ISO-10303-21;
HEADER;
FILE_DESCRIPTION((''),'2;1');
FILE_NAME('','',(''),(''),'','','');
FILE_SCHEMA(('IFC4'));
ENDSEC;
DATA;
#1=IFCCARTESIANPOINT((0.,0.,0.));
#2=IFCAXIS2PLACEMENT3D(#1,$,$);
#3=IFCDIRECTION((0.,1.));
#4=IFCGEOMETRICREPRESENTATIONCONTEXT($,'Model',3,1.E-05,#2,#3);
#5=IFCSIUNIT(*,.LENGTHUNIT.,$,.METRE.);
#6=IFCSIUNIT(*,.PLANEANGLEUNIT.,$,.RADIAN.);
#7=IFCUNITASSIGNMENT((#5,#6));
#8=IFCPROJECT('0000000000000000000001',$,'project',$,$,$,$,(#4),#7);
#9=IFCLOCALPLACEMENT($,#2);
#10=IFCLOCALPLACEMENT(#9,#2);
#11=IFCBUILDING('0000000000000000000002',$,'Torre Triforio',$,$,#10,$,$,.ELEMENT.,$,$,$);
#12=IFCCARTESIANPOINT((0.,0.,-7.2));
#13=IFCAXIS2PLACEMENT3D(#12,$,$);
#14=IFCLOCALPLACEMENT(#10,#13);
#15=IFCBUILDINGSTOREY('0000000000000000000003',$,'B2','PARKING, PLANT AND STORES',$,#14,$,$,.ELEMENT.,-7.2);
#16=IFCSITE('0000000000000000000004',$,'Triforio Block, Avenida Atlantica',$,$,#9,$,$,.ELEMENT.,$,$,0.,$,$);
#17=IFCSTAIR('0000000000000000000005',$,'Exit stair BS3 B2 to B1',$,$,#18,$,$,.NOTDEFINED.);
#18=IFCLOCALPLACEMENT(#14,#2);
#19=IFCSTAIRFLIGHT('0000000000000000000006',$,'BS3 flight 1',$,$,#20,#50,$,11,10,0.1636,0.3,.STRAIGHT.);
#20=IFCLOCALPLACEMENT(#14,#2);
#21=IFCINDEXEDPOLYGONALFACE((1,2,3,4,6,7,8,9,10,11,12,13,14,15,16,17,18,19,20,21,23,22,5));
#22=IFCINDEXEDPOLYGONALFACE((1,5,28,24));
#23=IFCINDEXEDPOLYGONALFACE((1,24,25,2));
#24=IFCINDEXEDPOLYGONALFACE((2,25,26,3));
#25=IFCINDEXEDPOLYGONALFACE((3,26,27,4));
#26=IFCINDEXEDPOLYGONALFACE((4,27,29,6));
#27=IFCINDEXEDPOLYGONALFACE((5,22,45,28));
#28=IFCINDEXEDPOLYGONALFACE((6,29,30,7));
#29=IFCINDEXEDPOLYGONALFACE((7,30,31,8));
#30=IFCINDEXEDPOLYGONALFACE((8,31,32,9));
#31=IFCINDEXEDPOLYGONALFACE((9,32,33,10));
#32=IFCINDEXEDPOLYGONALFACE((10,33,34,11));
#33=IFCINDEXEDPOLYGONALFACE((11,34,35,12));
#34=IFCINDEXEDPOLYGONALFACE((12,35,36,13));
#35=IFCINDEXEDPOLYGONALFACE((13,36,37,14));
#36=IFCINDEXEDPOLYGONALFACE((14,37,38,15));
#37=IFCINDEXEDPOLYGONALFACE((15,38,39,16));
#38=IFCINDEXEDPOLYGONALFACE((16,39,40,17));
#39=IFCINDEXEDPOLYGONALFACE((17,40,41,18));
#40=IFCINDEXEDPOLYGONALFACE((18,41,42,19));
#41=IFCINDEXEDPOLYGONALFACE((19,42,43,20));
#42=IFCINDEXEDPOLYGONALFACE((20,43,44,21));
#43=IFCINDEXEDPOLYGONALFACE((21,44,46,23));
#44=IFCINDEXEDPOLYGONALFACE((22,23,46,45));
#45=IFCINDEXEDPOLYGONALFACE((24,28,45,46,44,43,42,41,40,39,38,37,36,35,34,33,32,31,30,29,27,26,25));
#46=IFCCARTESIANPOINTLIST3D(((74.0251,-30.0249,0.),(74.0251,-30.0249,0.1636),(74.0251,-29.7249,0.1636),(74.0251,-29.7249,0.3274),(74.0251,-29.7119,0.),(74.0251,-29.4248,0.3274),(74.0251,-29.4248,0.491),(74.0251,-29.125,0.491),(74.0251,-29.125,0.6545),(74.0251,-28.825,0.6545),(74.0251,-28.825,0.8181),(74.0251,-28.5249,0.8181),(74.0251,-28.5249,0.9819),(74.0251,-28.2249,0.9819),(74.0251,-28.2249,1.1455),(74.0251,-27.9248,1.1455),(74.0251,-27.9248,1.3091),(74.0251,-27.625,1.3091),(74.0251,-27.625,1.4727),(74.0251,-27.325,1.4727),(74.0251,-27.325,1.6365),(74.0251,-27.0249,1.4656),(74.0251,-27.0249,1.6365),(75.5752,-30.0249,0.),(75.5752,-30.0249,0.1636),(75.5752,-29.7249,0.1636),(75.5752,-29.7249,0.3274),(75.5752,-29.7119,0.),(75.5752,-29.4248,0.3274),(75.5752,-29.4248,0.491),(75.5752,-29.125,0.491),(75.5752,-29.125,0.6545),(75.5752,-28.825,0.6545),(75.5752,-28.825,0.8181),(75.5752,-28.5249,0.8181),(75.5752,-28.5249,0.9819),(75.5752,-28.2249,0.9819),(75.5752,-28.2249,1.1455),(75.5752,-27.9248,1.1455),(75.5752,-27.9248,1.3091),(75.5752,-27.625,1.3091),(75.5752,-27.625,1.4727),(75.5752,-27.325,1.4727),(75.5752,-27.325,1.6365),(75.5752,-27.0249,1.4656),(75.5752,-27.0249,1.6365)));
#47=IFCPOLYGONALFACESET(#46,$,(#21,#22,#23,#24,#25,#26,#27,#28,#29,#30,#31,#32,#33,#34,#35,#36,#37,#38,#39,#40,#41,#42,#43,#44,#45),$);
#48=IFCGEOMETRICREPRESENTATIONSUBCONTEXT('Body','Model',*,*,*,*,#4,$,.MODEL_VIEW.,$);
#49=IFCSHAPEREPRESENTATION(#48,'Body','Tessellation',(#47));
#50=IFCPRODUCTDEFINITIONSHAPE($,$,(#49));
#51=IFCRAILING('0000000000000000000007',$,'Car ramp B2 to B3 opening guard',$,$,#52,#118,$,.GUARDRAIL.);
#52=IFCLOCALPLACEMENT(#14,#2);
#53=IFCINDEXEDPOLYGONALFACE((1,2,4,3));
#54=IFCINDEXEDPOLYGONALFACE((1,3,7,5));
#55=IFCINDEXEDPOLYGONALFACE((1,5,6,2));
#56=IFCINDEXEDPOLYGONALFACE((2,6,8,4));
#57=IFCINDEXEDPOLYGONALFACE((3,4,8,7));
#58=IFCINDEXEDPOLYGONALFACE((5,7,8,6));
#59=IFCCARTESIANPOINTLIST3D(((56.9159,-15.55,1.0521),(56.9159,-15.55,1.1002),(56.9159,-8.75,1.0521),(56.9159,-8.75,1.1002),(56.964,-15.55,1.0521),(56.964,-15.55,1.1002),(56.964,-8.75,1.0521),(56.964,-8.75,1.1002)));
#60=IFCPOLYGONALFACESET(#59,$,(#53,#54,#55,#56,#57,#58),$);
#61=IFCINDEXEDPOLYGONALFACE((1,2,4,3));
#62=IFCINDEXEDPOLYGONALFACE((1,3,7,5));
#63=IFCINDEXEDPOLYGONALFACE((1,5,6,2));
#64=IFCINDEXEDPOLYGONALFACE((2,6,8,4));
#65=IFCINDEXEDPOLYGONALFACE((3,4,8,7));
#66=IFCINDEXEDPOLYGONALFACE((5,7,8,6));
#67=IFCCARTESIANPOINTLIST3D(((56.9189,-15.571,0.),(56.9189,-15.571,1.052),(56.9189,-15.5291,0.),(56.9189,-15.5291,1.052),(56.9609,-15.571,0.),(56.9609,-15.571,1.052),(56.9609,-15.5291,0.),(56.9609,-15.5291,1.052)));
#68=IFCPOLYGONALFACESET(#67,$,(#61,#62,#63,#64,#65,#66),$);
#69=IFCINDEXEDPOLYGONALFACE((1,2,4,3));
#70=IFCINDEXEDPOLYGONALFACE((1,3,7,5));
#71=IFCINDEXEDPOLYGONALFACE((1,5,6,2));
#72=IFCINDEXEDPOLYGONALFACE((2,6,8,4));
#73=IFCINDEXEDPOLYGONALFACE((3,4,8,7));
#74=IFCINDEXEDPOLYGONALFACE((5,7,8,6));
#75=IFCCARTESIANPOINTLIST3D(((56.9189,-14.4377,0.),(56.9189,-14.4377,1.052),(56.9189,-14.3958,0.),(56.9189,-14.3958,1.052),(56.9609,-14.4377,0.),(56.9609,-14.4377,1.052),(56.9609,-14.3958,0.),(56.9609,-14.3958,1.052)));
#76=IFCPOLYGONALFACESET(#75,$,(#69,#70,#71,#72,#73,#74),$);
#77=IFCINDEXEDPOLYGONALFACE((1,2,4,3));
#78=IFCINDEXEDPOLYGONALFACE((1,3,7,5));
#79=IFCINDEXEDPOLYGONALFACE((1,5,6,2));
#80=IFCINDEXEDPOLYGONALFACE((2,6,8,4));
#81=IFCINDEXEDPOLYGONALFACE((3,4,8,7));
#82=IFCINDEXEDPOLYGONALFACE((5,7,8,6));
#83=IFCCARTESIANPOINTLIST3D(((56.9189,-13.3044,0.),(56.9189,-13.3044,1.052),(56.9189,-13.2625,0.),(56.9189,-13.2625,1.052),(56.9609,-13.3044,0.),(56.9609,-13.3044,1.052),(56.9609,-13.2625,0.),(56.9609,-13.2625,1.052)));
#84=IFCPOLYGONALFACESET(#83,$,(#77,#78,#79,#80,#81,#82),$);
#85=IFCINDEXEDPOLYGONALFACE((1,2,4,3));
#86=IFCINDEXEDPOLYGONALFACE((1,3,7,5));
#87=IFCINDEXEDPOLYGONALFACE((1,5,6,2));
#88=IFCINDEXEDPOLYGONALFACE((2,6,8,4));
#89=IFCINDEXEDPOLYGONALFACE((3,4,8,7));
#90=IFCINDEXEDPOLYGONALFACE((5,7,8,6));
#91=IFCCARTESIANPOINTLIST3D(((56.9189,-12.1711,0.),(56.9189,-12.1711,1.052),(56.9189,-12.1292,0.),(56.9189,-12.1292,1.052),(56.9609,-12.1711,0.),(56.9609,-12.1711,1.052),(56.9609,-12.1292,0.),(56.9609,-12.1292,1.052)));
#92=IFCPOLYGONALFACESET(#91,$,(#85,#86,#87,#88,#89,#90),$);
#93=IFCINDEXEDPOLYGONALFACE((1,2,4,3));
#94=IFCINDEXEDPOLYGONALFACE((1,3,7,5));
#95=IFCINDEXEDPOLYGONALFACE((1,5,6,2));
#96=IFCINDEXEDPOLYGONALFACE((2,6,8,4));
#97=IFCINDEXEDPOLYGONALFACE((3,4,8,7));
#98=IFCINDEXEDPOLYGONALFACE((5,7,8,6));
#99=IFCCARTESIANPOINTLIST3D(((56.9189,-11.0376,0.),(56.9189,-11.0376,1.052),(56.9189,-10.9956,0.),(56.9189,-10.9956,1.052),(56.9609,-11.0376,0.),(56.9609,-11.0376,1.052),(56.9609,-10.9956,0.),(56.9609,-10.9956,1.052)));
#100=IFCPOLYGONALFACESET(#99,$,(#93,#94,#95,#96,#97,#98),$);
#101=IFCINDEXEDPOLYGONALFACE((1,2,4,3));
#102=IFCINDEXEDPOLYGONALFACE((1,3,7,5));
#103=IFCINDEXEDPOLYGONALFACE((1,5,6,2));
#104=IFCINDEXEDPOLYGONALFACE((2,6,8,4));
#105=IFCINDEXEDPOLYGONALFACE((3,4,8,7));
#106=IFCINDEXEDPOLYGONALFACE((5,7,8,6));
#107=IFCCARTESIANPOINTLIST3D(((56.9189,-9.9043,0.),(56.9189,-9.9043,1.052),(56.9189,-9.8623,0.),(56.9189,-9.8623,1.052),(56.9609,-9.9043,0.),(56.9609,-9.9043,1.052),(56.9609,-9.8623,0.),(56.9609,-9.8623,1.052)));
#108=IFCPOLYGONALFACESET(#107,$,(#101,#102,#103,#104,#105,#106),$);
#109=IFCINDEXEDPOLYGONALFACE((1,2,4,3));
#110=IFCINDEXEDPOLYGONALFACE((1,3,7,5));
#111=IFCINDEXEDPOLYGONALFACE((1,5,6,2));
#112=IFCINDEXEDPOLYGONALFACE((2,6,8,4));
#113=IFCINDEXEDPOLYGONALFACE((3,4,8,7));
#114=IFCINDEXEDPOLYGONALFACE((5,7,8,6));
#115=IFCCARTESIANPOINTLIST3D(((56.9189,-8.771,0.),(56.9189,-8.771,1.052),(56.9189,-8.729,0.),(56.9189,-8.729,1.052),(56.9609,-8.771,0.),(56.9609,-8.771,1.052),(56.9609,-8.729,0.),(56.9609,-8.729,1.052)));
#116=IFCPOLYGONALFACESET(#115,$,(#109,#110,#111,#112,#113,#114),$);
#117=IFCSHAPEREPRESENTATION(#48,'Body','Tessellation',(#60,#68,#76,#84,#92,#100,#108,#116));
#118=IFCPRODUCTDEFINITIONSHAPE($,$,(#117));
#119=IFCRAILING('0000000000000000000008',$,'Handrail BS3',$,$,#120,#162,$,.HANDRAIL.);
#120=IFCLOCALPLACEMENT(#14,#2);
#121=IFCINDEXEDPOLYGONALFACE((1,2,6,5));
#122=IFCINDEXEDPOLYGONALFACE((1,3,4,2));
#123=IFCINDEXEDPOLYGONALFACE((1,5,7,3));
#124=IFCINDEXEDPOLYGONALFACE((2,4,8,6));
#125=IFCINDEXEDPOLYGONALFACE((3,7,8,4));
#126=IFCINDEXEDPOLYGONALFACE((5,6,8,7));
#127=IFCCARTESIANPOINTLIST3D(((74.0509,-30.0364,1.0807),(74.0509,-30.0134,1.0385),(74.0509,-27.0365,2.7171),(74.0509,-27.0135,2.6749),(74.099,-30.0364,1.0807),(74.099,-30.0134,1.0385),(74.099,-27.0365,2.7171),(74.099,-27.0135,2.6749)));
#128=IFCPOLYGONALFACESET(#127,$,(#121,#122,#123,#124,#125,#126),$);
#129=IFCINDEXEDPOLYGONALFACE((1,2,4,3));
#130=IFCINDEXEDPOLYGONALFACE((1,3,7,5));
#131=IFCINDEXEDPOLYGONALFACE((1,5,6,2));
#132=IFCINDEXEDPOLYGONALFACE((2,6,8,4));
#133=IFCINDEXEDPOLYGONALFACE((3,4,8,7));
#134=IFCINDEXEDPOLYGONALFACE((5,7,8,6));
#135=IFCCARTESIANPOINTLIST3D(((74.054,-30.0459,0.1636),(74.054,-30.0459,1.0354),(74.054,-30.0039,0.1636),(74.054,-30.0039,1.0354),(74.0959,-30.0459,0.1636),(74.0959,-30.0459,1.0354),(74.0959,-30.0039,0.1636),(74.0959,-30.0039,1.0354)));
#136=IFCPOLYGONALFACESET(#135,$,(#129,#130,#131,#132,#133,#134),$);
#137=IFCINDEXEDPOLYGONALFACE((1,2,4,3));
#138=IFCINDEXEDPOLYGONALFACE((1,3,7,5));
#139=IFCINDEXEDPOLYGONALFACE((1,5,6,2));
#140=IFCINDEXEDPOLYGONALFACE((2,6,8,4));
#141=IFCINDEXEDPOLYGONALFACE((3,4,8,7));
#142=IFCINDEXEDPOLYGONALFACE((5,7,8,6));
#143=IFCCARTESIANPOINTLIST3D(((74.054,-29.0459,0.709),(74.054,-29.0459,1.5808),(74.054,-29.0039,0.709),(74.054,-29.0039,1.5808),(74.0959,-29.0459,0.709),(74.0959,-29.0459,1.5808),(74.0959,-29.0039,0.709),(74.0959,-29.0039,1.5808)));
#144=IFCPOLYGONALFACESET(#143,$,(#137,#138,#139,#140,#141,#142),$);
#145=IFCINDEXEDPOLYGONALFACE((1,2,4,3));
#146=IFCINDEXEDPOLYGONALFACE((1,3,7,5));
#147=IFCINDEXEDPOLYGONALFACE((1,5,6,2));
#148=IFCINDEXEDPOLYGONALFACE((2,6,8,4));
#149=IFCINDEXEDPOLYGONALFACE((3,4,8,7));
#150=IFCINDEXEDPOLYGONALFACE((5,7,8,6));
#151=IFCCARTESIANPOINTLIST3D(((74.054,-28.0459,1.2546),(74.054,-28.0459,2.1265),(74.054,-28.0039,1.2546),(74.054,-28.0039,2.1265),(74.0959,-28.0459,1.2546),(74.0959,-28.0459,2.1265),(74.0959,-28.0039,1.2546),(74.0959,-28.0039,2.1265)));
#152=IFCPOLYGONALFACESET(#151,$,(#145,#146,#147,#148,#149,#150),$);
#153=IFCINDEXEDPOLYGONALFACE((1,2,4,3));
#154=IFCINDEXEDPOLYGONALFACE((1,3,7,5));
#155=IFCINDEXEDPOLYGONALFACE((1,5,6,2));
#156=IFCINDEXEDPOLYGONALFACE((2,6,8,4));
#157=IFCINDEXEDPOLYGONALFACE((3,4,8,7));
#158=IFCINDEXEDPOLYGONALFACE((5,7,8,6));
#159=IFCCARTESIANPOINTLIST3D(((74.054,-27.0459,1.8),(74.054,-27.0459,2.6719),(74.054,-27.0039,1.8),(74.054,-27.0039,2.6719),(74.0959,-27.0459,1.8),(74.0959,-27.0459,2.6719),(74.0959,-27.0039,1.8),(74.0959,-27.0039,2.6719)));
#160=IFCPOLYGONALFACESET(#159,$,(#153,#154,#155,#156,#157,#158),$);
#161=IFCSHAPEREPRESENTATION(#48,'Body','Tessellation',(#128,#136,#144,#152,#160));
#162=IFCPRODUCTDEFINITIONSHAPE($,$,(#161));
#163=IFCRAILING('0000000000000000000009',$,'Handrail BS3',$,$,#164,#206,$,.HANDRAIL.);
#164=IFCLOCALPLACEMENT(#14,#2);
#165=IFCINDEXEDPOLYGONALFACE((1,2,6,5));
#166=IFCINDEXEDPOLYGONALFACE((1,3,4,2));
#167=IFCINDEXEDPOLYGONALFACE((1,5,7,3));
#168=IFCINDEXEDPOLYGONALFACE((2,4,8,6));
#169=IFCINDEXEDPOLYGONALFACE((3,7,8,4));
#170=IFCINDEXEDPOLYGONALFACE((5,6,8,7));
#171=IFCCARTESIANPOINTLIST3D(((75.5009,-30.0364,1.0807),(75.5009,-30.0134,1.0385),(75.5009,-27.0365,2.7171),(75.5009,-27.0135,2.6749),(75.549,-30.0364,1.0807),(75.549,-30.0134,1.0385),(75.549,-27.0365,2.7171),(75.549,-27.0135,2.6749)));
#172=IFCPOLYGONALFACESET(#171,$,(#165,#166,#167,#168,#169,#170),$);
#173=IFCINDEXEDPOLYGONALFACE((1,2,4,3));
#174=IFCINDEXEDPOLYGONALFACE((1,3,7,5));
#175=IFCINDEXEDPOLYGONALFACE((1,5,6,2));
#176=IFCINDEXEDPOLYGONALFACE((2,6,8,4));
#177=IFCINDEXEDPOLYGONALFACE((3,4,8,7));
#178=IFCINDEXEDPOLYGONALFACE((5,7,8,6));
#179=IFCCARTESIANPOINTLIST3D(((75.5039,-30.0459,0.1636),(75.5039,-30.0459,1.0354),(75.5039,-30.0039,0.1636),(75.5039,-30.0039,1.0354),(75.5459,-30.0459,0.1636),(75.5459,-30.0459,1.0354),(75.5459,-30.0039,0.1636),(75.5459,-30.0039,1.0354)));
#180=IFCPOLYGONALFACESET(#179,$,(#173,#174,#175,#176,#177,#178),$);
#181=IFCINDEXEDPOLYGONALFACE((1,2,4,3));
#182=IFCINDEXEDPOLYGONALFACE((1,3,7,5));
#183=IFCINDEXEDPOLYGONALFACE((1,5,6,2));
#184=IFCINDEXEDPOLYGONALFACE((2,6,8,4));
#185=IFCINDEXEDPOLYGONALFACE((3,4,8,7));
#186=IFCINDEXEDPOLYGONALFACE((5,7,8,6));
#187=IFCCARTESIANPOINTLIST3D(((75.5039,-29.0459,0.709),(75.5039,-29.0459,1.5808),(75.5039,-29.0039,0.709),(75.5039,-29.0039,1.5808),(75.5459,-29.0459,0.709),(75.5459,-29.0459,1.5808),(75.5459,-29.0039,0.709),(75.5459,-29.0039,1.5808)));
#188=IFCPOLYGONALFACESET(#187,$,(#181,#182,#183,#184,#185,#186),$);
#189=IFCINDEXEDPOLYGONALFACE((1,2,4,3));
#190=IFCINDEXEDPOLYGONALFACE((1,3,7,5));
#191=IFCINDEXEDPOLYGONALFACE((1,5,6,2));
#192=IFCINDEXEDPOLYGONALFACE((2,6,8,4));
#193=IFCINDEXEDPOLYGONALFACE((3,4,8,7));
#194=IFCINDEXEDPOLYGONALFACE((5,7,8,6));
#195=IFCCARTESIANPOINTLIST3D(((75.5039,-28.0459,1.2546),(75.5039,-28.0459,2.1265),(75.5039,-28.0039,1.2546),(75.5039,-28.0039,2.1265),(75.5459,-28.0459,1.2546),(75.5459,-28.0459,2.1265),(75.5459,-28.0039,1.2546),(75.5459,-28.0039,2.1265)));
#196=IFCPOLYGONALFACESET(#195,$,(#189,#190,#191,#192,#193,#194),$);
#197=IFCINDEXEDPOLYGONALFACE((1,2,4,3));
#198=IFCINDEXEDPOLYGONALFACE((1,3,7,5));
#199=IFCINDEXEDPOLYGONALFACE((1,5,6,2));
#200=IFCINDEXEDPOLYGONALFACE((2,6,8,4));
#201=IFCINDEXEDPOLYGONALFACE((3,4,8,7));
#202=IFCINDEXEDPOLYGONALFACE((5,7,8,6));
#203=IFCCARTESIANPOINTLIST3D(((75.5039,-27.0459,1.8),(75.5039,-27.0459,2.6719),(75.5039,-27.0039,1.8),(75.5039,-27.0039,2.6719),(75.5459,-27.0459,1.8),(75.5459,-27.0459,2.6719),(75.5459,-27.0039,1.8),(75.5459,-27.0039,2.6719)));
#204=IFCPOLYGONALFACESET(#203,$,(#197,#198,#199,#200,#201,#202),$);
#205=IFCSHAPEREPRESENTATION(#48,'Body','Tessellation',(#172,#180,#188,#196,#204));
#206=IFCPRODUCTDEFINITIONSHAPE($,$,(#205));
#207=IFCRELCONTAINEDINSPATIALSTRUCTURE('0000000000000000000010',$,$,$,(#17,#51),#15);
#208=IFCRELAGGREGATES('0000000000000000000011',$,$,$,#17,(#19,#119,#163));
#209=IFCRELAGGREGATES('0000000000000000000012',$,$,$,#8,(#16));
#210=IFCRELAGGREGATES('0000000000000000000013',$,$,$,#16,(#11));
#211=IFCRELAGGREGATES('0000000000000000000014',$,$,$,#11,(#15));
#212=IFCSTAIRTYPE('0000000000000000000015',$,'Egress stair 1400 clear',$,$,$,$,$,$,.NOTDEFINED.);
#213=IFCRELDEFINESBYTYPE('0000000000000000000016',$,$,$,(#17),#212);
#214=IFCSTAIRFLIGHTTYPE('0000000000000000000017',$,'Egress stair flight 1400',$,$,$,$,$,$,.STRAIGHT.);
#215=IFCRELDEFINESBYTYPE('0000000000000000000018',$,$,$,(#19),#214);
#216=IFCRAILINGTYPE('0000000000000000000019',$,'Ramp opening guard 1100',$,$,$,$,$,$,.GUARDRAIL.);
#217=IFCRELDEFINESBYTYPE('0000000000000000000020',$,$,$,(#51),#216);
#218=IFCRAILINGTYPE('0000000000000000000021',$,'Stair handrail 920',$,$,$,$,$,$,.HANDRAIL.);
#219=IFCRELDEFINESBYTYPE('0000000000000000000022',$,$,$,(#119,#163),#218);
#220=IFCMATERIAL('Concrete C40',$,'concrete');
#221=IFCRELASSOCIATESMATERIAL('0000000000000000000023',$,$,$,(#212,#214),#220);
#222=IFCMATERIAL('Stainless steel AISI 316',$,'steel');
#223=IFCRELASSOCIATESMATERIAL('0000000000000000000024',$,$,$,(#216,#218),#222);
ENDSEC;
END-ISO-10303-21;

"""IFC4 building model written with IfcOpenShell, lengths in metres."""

from ifc_helpers import new_model, si_unit, direction, frame, origin, origin_2d, place, context, subcontext, project, spatial, polyline, rectangle, outline, extrude, material, type_object, element, aggregate, save


model = new_model("IFC4")

# Units and contexts
model_context = context("Model", 3, precision=1e-05, world=origin(), true_north=direction((0.0, 1.0)))
body_context = subcontext(model_context, "Body", "Model", "MODEL_VIEW")
ifc_project = project(units=[si_unit("LENGTHUNIT", "METRE"), si_unit("PLANEANGLEUNIT", "RADIAN")], contexts=[model_context])

# Site, building, storey
site_placement = place(None, origin())
site = spatial("IfcSite", under=ifc_project, at=site_placement, Name="Triforio Block, Avenida Atlantica", CompositionType="ELEMENT", RefElevation=0.0)
building_placement = place(site_placement, origin())
building = spatial("IfcBuilding", under=site, at=building_placement, Name="Torre Triforio", CompositionType="ELEMENT")
storey_placement = place(building_placement, frame((0.0, 0.0, -7.2)))
storey = spatial("IfcBuildingStorey", under=building, at=storey_placement, Name="B2", Description="PARKING, PLANT AND STORES", CompositionType="ELEMENT", Elevation=-7.2)

# Shared definitions
ifc_material_1 = material(Name="Concrete C40", Category="concrete")

# Stair, stair flight
stair_type = type_object("IfcStairType", Name="Egress stair 1400 clear", PredefinedType="NOTDEFINED", material=ifc_material_1)
stair_placement = place(storey_placement, origin())
stair = element("IfcStair", 1, at=stair_placement, inside=storey, type_object=stair_type, Name="Exit stair BS3 B2 to B1", PredefinedType="NOTDEFINED")
stair_flight_type = type_object("IfcStairFlightType", Name="Egress stair flight 1400", PredefinedType="STRAIGHT", material=ifc_material_1)
stair_flight_placement = place(storey_placement, frame((74.8, -30.0249, 0.0), z_axis=(0.0, 0.0, 1.0), x_axis=(0.0, 1.0, 0.0)))
stair_flight = element("IfcStairFlight", 2, at=stair_flight_placement, type_object=stair_flight_type, Name="BS3 flight 1", NumberOfRisers=11, NumberOfTreads=10, PredefinedType="STRAIGHT", RiserHeight=0.1636, TreadLength=0.3, context=body_context, shape_type="SweptSolid", body=[
    extrude(outline(polyline([(0.0, 0.0), (0.0, 0.1636), (0.3, 0.1636), (0.3, 0.3274), (0.6001, 0.3274), (0.6001, 0.491), (0.8999, 0.491), (0.8999, 0.6545), (1.2, 0.6545), (1.2, 0.8181), (1.5, 0.8181), (1.5, 0.9819), (1.8, 0.9819), (1.8, 1.1455), (2.1001, 1.1455), (2.1001, 1.3091), (2.3999, 1.3091), (2.3999, 1.4727), (2.7, 1.4727), (2.7, 1.6365), (3.0, 1.6365), (3.0, 1.8), (3.0, 1.4656), (0.313, 0.0), (0.0, 0.0)])), frame((0.0, 0.7749, 0.0), z_axis=(0.0, -1.0, 0.0), x_axis=(1.0, 0.0, 0.0)), (0.0, 0.0, 1.0), 1.55),
])

# Railings
ifc_material_2 = material(Name="Stainless steel AISI 316", Category="steel")
railing_type_1 = type_object("IfcRailingType", Name="Ramp opening guard 1100", PredefinedType="GUARDRAIL", material=ifc_material_2)
railing_1_placement = place(storey_placement, frame((56.9399, -15.55, 0.0)))
element("IfcRailing", 3, at=railing_1_placement, inside=storey, type_object=railing_type_1, Name="Car ramp B2 to B3 opening guard", PredefinedType="GUARDRAIL", context=body_context, shape_type="SweptSolid", body=[
    extrude(rectangle(XDim=0.0481, YDim=0.0481, at=origin_2d()), frame((0.0, 0.0, 1.0762), z_axis=(0.0, 1.0, 0.0), x_axis=(-1.0, 0.0, 0.0)), (0.0, 0.0, 1.0), 6.8),
    extrude(rectangle(XDim=0.042, YDim=0.042, at=origin_2d()), origin(), (0.0, 0.0, 1.0), 1.052),
    extrude(rectangle(XDim=0.042, YDim=0.042, at=origin_2d()), frame((0.0, 1.1333, 0.0)), (0.0, 0.0, 1.0), 1.052),
    extrude(rectangle(XDim=0.042, YDim=0.042, at=origin_2d()), frame((0.0, 2.2666, 0.0)), (0.0, 0.0, 1.0), 1.052),
    extrude(rectangle(XDim=0.042, YDim=0.042, at=origin_2d()), frame((0.0, 3.3999, 0.0)), (0.0, 0.0, 1.0), 1.052),
    extrude(rectangle(XDim=0.042, YDim=0.042, at=origin_2d()), frame((0.0, 4.5334, 0.0)), (0.0, 0.0, 1.0), 1.052),
    extrude(rectangle(XDim=0.042, YDim=0.042, at=origin_2d()), frame((0.0, 5.6667, 0.0)), (0.0, 0.0, 1.0), 1.052),
    extrude(rectangle(XDim=0.042, YDim=0.042, at=origin_2d()), frame((0.0, 6.8, 0.0)), (0.0, 0.0, 1.0), 1.052),
])
railing_type_2 = type_object("IfcRailingType", Name="Stair handrail 920", PredefinedType="HANDRAIL", material=ifc_material_2)
railing_2_placement = place(storey_placement, frame((74.075, -30.0249, 0.1636)))
railing_2 = element("IfcRailing", 4, at=railing_2_placement, type_object=railing_type_2, Name="Handrail BS3", PredefinedType="HANDRAIL", context=body_context, shape_type="SweptSolid", body=[
    extrude(rectangle(XDim=0.0481, YDim=0.0481, at=origin_2d()), frame((0.0, 0.0, 0.896), z_axis=(0.0, 0.877882, 0.478877), x_axis=(-1.0, 0.0, 0.0)), (0.0, 0.0, 1.0), 3.4172),
    extrude(rectangle(XDim=0.042, YDim=0.042, at=origin_2d()), origin(), (0.0, 0.0, 1.0), 0.8718),
    extrude(rectangle(XDim=0.042, YDim=0.042, at=origin_2d()), frame((0.0, 1.0, 0.5454)), (0.0, 0.0, 1.0), 0.8718),
    extrude(rectangle(XDim=0.042, YDim=0.042, at=origin_2d()), frame((0.0, 2.0, 1.0911)), (0.0, 0.0, 1.0), 0.8718),
    extrude(rectangle(XDim=0.042, YDim=0.042, at=origin_2d()), frame((0.0, 3.0, 1.6365)), (0.0, 0.0, 1.0), 0.8718),
])
railing_3_placement = place(storey_placement, frame((75.5249, -30.0249, 0.1636)))
railing_3 = element("IfcRailing", 5, at=railing_3_placement, type_object=railing_type_2, Name="Handrail BS3", PredefinedType="HANDRAIL", context=body_context, shape_type="SweptSolid", body=[
    extrude(rectangle(XDim=0.0481, YDim=0.0481, at=origin_2d()), frame((0.0, 0.0, 0.896), z_axis=(0.0, 0.877882, 0.478877), x_axis=(-1.0, 0.0, 0.0)), (0.0, 0.0, 1.0), 3.4172),
    extrude(rectangle(XDim=0.042, YDim=0.042, at=origin_2d()), origin(), (0.0, 0.0, 1.0), 0.8718),
    extrude(rectangle(XDim=0.042, YDim=0.042, at=origin_2d()), frame((0.0, 1.0, 0.5454)), (0.0, 0.0, 1.0), 0.8718),
    extrude(rectangle(XDim=0.042, YDim=0.042, at=origin_2d()), frame((0.0, 2.0, 1.0911)), (0.0, 0.0, 1.0), 0.8718),
    extrude(rectangle(XDim=0.042, YDim=0.042, at=origin_2d()), frame((0.0, 3.0, 1.6365)), (0.0, 0.0, 1.0), 0.8718),
])
aggregate(stair, [stair_flight, railing_2, railing_3])

save(model, "model.ifc")
